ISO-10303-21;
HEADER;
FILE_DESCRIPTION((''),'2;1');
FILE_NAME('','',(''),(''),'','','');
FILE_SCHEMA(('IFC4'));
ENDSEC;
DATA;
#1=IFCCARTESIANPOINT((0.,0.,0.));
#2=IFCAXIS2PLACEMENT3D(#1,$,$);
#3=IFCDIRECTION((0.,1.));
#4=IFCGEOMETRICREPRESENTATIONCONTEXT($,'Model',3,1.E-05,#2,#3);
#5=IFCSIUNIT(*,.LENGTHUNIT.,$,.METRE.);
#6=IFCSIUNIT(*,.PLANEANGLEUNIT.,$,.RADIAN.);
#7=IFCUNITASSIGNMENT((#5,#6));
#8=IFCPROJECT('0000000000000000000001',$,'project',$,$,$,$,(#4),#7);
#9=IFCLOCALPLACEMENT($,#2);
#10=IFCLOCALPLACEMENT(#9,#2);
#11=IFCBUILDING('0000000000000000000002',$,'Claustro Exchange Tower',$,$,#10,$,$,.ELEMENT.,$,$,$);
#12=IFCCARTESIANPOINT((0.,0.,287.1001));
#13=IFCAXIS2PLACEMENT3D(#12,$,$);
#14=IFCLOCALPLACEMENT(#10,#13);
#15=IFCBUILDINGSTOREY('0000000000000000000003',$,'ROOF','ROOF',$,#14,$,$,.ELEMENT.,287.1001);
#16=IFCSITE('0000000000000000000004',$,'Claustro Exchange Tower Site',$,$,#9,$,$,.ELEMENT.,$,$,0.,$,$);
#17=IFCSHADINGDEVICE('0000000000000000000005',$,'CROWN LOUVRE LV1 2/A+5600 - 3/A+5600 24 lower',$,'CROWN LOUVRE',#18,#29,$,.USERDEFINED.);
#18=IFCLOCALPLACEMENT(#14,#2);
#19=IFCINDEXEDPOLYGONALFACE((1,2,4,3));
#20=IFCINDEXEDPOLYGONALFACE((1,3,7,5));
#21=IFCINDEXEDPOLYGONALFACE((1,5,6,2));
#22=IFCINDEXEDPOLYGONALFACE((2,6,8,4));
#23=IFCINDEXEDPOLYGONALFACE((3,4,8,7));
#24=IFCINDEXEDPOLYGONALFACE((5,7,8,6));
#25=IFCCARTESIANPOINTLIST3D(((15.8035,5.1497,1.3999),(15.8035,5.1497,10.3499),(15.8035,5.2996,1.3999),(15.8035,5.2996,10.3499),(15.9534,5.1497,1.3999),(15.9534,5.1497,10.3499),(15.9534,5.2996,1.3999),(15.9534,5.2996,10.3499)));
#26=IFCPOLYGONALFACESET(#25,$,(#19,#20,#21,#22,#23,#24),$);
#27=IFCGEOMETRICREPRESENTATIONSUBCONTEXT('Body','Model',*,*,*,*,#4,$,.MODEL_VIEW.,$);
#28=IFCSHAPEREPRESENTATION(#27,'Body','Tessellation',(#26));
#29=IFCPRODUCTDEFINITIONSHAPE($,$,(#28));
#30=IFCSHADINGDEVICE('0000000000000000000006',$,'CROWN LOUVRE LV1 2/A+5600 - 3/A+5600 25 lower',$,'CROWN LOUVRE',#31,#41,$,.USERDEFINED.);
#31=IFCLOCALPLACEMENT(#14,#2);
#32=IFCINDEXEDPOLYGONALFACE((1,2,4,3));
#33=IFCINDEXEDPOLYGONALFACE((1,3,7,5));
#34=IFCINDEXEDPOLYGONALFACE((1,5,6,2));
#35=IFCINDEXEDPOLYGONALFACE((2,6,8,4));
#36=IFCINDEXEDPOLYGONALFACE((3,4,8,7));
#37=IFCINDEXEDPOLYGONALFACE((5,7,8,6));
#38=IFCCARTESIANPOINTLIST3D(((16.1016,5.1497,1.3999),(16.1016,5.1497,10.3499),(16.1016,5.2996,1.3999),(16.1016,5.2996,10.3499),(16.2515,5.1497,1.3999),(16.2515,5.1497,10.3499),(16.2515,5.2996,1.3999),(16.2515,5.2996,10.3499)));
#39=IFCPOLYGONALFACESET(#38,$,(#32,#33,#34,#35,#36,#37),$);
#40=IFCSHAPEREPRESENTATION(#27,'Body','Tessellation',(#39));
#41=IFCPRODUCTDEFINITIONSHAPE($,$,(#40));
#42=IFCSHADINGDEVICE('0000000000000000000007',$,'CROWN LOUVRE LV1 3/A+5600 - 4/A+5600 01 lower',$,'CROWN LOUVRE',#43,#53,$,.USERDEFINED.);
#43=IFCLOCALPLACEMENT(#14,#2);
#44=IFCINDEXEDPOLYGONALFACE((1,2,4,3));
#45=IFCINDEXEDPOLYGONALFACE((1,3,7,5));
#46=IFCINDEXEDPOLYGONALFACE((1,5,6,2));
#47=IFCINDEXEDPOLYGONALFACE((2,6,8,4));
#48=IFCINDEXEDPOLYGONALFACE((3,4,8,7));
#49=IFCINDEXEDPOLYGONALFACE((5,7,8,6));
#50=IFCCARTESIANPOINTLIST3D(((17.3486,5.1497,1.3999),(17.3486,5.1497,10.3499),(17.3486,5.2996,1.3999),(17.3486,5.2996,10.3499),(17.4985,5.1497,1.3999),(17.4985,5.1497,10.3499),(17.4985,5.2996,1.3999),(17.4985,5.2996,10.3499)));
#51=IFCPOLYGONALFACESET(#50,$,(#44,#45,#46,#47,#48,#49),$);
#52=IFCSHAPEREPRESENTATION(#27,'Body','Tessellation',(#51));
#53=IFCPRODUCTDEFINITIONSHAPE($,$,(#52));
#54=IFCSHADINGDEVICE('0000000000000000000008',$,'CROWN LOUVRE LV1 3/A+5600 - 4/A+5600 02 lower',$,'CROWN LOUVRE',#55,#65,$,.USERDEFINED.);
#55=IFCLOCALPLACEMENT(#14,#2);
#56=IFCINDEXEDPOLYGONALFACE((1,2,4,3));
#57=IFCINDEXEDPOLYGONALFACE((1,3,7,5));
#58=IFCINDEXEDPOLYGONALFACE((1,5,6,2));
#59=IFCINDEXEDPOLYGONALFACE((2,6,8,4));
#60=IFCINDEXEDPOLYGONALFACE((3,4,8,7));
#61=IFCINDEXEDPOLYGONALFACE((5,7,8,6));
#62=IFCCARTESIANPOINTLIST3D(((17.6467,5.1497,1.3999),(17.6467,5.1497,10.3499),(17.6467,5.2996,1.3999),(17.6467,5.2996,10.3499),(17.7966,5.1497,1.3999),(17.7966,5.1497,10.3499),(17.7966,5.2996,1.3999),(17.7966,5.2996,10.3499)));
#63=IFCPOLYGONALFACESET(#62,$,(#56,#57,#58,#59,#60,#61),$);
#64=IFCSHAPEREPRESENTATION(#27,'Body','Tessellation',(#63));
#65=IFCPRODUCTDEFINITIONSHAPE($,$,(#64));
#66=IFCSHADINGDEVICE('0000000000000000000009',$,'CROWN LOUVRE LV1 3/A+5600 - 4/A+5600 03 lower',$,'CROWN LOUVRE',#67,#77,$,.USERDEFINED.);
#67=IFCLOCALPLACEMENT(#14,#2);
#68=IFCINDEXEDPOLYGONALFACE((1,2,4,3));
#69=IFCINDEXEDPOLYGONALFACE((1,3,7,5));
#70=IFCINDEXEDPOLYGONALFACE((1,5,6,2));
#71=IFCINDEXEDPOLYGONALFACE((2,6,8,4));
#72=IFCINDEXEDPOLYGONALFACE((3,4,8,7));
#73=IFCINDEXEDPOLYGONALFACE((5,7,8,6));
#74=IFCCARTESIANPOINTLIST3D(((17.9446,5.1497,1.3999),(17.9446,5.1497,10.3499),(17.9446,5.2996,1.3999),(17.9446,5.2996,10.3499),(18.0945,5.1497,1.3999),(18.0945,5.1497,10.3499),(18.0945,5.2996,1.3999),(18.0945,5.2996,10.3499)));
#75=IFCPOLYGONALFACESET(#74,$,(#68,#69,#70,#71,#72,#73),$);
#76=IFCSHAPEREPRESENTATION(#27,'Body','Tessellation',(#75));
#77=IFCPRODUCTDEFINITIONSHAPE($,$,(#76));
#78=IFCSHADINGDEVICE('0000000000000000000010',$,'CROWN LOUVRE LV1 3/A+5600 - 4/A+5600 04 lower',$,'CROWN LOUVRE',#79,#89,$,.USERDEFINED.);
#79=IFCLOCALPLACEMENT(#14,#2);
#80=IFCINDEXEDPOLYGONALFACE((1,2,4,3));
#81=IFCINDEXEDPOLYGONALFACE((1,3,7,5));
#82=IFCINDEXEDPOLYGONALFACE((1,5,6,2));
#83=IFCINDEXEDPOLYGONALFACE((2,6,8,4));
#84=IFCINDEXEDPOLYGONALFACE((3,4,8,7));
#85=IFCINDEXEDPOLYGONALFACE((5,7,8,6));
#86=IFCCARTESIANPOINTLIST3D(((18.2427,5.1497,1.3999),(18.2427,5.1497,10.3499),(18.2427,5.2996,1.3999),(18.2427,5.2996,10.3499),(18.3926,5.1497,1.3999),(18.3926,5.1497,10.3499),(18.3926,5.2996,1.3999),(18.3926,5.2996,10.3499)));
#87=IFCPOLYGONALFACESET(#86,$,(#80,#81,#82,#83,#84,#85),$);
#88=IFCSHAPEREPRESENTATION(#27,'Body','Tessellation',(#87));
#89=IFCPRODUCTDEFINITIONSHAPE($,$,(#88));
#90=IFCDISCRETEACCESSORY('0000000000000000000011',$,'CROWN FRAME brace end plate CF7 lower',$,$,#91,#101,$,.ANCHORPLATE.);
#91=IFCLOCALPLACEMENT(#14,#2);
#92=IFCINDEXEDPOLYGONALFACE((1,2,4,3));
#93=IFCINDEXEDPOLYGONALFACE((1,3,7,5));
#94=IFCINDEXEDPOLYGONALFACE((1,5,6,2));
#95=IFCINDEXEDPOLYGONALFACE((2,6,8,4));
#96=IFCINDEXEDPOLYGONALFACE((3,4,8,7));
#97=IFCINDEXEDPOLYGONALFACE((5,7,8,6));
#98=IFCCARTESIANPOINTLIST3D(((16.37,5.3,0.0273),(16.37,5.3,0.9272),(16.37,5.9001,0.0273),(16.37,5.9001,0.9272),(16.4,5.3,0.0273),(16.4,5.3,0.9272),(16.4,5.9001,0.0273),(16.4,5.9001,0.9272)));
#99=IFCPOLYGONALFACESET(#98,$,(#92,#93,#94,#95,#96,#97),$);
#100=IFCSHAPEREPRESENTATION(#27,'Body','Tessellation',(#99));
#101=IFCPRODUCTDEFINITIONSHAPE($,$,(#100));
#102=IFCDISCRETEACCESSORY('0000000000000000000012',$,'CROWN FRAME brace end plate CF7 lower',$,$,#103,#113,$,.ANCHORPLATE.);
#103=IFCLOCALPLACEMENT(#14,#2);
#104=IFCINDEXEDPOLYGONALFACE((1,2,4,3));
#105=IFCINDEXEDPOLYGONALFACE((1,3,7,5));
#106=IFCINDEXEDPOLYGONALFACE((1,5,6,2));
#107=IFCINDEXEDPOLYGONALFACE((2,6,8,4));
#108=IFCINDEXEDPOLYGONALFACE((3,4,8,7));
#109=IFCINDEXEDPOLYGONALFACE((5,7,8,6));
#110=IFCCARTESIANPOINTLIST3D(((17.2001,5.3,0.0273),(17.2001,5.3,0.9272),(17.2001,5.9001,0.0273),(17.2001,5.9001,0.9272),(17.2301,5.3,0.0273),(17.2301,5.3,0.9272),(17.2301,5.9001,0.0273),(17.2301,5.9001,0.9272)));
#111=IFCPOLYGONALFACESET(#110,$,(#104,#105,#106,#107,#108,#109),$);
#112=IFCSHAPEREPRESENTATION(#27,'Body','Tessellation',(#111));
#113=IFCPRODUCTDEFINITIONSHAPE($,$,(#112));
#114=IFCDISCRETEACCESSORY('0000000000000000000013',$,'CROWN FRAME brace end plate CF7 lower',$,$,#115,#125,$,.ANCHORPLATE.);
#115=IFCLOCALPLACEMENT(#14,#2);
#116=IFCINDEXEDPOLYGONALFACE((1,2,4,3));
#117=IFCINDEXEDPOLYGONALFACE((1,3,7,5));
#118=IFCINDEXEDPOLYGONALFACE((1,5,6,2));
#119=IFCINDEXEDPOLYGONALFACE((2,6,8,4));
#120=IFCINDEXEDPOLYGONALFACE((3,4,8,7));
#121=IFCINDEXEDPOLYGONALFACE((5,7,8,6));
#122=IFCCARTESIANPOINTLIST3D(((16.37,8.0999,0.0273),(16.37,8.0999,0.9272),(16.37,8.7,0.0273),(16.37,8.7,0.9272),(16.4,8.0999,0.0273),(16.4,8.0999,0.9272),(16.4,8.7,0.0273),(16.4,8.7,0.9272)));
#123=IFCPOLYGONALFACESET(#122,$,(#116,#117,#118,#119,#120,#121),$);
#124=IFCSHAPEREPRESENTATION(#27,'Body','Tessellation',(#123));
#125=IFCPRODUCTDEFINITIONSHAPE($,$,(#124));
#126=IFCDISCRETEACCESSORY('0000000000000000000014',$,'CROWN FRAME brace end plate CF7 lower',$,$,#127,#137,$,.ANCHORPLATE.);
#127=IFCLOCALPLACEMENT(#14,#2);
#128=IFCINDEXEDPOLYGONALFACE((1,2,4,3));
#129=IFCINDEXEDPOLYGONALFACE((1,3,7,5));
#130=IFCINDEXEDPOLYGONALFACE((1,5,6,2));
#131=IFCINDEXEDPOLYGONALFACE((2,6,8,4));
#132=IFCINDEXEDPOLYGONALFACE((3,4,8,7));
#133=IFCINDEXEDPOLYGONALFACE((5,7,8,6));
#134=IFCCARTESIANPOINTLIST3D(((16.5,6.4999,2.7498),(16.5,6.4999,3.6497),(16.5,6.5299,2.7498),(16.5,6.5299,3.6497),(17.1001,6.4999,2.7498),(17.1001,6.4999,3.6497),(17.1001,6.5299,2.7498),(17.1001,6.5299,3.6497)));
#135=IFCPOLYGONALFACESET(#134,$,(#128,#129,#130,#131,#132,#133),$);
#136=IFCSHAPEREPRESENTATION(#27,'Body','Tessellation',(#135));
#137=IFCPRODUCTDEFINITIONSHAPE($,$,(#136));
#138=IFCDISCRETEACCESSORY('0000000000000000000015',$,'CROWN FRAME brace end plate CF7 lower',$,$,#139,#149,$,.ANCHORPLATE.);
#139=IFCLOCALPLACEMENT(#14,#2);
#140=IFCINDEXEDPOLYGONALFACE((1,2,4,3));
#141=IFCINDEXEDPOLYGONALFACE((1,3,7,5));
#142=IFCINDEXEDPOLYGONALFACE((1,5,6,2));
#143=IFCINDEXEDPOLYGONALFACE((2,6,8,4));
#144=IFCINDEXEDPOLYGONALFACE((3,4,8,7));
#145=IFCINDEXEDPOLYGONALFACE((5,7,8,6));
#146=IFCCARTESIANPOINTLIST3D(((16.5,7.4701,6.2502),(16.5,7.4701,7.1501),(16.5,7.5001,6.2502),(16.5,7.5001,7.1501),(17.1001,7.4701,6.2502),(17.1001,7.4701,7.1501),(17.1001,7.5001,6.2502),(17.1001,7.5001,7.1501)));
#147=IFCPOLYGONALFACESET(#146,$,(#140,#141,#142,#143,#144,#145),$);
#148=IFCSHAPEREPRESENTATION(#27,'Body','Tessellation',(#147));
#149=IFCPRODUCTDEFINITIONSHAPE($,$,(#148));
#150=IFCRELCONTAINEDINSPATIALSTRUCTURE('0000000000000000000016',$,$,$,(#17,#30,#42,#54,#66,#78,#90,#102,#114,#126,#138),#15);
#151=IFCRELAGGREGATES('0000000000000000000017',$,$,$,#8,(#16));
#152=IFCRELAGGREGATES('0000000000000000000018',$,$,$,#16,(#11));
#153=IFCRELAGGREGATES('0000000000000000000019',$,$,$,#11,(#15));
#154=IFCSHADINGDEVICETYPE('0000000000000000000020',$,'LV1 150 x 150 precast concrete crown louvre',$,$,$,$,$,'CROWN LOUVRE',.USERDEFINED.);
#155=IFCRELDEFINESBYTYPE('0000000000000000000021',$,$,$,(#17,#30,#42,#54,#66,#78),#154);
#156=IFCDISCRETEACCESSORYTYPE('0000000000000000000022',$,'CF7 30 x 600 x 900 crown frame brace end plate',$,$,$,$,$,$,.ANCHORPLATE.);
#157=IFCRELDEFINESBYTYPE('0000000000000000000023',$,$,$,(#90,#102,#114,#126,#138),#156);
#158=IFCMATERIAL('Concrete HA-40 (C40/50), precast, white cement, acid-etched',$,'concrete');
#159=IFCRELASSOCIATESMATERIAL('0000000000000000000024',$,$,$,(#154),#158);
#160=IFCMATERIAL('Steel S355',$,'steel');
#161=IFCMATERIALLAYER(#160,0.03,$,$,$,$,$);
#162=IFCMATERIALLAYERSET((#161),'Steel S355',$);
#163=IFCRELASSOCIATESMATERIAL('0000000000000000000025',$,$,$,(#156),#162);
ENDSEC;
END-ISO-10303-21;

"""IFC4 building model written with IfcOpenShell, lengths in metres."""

from ifc_helpers import new_model, si_unit, direction, frame, origin, origin_2d, place, context, subcontext, project, spatial, rectangle, extrude, material, layer, layer_set, type_object, element, save


model = new_model("IFC4")

# Units and contexts
model_context = context("Model", 3, precision=1e-05, world=origin(), true_north=direction((0.0, 1.0)))
body_context = subcontext(model_context, "Body", "Model", "MODEL_VIEW")
ifc_project = project(units=[si_unit("LENGTHUNIT", "METRE"), si_unit("PLANEANGLEUNIT", "RADIAN")], contexts=[model_context])

# Site, building, storey
site_placement = place(None, origin())
site = spatial("IfcSite", under=ifc_project, at=site_placement, Name="Claustro Exchange Tower Site", CompositionType="ELEMENT", RefElevation=0.0)
building_placement = place(site_placement, origin())
building = spatial("IfcBuilding", under=site, at=building_placement, Name="Claustro Exchange Tower", CompositionType="ELEMENT")
storey_placement = place(building_placement, frame((0.0, 0.0, 287.1001)))
storey = spatial("IfcBuildingStorey", under=building, at=storey_placement, Name="ROOF", Description="ROOF", CompositionType="ELEMENT", Elevation=287.1001)

# Shading devices
ifc_material_1 = material(Name="Concrete HA-40 (C40/50), precast, white cement, acid-etched", Category="concrete")
shading_device_type = type_object("IfcShadingDeviceType", Name="LV1 150 x 150 precast concrete crown louvre", ElementType="CROWN LOUVRE", PredefinedType="USERDEFINED", material=ifc_material_1)
for number, where, z_axis, x_axis, name in (
    (1, (15.8784, 5.2246, 1.3999), (0.0, 0.0, 1.0), (1.0, 0.0, 0.0), "CROWN LOUVRE LV1 2/A+5600 - 3/A+5600 24 lower"),
    (2, (16.1765, 5.2246, 1.3999), (0.0, 0.0, 1.0), (1.0, 0.0, 0.0), "CROWN LOUVRE LV1 2/A+5600 - 3/A+5600 25 lower"),
    (3, (17.4236, 5.2246, 1.3999), (0.0, 0.0, 1.0), (1.0, 0.0, 0.0), "CROWN LOUVRE LV1 3/A+5600 - 4/A+5600 01 lower"),
    (4, (17.7217, 5.2246, 1.3999), (0.0, 0.0, 1.0), (1.0, 0.0, 0.0), "CROWN LOUVRE LV1 3/A+5600 - 4/A+5600 02 lower"),
    (5, (18.0195, 5.2246, 1.3999), (0.0, 0.0, 1.0), (1.0, 0.0, 0.0), "CROWN LOUVRE LV1 3/A+5600 - 4/A+5600 03 lower"),
    (6, (18.3176, 5.2246, 1.3999), (0.0, 0.0, 1.0), (1.0, 0.0, 0.0), "CROWN LOUVRE LV1 3/A+5600 - 4/A+5600 04 lower"),
):
    element("IfcShadingDevice", number, at=place(storey_placement, frame(where, z_axis=z_axis, x_axis=x_axis)), inside=storey, type_object=shading_device_type, Name=name, ObjectType="CROWN LOUVRE", PredefinedType="USERDEFINED", context=body_context, shape_type="SweptSolid", body=[
        extrude(rectangle(XDim=0.1499, YDim=0.1499, at=origin_2d()), origin(), (0.0, 0.0, 1.0), 8.95),
    ])

# Discrete accessories
ifc_material_2 = material(Name="Steel S355", Category="steel")
ifc_layer = layer(ifc_material_2, 0.03)
ifc_layer_set = layer_set([ifc_layer], Name="Steel S355")
discrete_accessory_type = type_object("IfcDiscreteAccessoryType", Name="CF7 30 x 600 x 900 crown frame brace end plate", PredefinedType="ANCHORPLATE", material=ifc_layer_set)
for number, where, z_axis, x_axis, name in (
    (7, (16.385, 5.6001, 0.0273), (0.0, 0.0, 1.0), (-1.0, 0.0, 0.0), "CROWN FRAME brace end plate CF7 lower"),
    (8, (17.2151, 5.6001, 0.0273), (0.0, 0.0, 1.0), (1.0, 0.0, 0.0), "CROWN FRAME brace end plate CF7 lower"),
    (9, (16.385, 8.3999, 0.0273), (0.0, 0.0, 1.0), (-1.0, 0.0, 0.0), "CROWN FRAME brace end plate CF7 lower"),
    (10, (16.8, 6.5149, 2.7498), (0.0, 0.0, 1.0), (0.0, 1.0, 0.0), "CROWN FRAME brace end plate CF7 lower"),
    (11, (16.8, 7.4851, 6.2502), (0.0, 0.0, 1.0), (0.0, 1.0, 0.0), "CROWN FRAME brace end plate CF7 lower"),
):
    element("IfcDiscreteAccessory", number, at=place(storey_placement, frame(where, z_axis=z_axis, x_axis=x_axis)), inside=storey, type_object=discrete_accessory_type, Name=name, PredefinedType="ANCHORPLATE", context=body_context, shape_type="SweptSolid", body=[
        extrude(rectangle(XDim=0.03, YDim=0.6001, at=origin_2d()), origin(), (0.0, 0.0, 1.0), 0.8999),
    ])

save(model, "model.ifc")
